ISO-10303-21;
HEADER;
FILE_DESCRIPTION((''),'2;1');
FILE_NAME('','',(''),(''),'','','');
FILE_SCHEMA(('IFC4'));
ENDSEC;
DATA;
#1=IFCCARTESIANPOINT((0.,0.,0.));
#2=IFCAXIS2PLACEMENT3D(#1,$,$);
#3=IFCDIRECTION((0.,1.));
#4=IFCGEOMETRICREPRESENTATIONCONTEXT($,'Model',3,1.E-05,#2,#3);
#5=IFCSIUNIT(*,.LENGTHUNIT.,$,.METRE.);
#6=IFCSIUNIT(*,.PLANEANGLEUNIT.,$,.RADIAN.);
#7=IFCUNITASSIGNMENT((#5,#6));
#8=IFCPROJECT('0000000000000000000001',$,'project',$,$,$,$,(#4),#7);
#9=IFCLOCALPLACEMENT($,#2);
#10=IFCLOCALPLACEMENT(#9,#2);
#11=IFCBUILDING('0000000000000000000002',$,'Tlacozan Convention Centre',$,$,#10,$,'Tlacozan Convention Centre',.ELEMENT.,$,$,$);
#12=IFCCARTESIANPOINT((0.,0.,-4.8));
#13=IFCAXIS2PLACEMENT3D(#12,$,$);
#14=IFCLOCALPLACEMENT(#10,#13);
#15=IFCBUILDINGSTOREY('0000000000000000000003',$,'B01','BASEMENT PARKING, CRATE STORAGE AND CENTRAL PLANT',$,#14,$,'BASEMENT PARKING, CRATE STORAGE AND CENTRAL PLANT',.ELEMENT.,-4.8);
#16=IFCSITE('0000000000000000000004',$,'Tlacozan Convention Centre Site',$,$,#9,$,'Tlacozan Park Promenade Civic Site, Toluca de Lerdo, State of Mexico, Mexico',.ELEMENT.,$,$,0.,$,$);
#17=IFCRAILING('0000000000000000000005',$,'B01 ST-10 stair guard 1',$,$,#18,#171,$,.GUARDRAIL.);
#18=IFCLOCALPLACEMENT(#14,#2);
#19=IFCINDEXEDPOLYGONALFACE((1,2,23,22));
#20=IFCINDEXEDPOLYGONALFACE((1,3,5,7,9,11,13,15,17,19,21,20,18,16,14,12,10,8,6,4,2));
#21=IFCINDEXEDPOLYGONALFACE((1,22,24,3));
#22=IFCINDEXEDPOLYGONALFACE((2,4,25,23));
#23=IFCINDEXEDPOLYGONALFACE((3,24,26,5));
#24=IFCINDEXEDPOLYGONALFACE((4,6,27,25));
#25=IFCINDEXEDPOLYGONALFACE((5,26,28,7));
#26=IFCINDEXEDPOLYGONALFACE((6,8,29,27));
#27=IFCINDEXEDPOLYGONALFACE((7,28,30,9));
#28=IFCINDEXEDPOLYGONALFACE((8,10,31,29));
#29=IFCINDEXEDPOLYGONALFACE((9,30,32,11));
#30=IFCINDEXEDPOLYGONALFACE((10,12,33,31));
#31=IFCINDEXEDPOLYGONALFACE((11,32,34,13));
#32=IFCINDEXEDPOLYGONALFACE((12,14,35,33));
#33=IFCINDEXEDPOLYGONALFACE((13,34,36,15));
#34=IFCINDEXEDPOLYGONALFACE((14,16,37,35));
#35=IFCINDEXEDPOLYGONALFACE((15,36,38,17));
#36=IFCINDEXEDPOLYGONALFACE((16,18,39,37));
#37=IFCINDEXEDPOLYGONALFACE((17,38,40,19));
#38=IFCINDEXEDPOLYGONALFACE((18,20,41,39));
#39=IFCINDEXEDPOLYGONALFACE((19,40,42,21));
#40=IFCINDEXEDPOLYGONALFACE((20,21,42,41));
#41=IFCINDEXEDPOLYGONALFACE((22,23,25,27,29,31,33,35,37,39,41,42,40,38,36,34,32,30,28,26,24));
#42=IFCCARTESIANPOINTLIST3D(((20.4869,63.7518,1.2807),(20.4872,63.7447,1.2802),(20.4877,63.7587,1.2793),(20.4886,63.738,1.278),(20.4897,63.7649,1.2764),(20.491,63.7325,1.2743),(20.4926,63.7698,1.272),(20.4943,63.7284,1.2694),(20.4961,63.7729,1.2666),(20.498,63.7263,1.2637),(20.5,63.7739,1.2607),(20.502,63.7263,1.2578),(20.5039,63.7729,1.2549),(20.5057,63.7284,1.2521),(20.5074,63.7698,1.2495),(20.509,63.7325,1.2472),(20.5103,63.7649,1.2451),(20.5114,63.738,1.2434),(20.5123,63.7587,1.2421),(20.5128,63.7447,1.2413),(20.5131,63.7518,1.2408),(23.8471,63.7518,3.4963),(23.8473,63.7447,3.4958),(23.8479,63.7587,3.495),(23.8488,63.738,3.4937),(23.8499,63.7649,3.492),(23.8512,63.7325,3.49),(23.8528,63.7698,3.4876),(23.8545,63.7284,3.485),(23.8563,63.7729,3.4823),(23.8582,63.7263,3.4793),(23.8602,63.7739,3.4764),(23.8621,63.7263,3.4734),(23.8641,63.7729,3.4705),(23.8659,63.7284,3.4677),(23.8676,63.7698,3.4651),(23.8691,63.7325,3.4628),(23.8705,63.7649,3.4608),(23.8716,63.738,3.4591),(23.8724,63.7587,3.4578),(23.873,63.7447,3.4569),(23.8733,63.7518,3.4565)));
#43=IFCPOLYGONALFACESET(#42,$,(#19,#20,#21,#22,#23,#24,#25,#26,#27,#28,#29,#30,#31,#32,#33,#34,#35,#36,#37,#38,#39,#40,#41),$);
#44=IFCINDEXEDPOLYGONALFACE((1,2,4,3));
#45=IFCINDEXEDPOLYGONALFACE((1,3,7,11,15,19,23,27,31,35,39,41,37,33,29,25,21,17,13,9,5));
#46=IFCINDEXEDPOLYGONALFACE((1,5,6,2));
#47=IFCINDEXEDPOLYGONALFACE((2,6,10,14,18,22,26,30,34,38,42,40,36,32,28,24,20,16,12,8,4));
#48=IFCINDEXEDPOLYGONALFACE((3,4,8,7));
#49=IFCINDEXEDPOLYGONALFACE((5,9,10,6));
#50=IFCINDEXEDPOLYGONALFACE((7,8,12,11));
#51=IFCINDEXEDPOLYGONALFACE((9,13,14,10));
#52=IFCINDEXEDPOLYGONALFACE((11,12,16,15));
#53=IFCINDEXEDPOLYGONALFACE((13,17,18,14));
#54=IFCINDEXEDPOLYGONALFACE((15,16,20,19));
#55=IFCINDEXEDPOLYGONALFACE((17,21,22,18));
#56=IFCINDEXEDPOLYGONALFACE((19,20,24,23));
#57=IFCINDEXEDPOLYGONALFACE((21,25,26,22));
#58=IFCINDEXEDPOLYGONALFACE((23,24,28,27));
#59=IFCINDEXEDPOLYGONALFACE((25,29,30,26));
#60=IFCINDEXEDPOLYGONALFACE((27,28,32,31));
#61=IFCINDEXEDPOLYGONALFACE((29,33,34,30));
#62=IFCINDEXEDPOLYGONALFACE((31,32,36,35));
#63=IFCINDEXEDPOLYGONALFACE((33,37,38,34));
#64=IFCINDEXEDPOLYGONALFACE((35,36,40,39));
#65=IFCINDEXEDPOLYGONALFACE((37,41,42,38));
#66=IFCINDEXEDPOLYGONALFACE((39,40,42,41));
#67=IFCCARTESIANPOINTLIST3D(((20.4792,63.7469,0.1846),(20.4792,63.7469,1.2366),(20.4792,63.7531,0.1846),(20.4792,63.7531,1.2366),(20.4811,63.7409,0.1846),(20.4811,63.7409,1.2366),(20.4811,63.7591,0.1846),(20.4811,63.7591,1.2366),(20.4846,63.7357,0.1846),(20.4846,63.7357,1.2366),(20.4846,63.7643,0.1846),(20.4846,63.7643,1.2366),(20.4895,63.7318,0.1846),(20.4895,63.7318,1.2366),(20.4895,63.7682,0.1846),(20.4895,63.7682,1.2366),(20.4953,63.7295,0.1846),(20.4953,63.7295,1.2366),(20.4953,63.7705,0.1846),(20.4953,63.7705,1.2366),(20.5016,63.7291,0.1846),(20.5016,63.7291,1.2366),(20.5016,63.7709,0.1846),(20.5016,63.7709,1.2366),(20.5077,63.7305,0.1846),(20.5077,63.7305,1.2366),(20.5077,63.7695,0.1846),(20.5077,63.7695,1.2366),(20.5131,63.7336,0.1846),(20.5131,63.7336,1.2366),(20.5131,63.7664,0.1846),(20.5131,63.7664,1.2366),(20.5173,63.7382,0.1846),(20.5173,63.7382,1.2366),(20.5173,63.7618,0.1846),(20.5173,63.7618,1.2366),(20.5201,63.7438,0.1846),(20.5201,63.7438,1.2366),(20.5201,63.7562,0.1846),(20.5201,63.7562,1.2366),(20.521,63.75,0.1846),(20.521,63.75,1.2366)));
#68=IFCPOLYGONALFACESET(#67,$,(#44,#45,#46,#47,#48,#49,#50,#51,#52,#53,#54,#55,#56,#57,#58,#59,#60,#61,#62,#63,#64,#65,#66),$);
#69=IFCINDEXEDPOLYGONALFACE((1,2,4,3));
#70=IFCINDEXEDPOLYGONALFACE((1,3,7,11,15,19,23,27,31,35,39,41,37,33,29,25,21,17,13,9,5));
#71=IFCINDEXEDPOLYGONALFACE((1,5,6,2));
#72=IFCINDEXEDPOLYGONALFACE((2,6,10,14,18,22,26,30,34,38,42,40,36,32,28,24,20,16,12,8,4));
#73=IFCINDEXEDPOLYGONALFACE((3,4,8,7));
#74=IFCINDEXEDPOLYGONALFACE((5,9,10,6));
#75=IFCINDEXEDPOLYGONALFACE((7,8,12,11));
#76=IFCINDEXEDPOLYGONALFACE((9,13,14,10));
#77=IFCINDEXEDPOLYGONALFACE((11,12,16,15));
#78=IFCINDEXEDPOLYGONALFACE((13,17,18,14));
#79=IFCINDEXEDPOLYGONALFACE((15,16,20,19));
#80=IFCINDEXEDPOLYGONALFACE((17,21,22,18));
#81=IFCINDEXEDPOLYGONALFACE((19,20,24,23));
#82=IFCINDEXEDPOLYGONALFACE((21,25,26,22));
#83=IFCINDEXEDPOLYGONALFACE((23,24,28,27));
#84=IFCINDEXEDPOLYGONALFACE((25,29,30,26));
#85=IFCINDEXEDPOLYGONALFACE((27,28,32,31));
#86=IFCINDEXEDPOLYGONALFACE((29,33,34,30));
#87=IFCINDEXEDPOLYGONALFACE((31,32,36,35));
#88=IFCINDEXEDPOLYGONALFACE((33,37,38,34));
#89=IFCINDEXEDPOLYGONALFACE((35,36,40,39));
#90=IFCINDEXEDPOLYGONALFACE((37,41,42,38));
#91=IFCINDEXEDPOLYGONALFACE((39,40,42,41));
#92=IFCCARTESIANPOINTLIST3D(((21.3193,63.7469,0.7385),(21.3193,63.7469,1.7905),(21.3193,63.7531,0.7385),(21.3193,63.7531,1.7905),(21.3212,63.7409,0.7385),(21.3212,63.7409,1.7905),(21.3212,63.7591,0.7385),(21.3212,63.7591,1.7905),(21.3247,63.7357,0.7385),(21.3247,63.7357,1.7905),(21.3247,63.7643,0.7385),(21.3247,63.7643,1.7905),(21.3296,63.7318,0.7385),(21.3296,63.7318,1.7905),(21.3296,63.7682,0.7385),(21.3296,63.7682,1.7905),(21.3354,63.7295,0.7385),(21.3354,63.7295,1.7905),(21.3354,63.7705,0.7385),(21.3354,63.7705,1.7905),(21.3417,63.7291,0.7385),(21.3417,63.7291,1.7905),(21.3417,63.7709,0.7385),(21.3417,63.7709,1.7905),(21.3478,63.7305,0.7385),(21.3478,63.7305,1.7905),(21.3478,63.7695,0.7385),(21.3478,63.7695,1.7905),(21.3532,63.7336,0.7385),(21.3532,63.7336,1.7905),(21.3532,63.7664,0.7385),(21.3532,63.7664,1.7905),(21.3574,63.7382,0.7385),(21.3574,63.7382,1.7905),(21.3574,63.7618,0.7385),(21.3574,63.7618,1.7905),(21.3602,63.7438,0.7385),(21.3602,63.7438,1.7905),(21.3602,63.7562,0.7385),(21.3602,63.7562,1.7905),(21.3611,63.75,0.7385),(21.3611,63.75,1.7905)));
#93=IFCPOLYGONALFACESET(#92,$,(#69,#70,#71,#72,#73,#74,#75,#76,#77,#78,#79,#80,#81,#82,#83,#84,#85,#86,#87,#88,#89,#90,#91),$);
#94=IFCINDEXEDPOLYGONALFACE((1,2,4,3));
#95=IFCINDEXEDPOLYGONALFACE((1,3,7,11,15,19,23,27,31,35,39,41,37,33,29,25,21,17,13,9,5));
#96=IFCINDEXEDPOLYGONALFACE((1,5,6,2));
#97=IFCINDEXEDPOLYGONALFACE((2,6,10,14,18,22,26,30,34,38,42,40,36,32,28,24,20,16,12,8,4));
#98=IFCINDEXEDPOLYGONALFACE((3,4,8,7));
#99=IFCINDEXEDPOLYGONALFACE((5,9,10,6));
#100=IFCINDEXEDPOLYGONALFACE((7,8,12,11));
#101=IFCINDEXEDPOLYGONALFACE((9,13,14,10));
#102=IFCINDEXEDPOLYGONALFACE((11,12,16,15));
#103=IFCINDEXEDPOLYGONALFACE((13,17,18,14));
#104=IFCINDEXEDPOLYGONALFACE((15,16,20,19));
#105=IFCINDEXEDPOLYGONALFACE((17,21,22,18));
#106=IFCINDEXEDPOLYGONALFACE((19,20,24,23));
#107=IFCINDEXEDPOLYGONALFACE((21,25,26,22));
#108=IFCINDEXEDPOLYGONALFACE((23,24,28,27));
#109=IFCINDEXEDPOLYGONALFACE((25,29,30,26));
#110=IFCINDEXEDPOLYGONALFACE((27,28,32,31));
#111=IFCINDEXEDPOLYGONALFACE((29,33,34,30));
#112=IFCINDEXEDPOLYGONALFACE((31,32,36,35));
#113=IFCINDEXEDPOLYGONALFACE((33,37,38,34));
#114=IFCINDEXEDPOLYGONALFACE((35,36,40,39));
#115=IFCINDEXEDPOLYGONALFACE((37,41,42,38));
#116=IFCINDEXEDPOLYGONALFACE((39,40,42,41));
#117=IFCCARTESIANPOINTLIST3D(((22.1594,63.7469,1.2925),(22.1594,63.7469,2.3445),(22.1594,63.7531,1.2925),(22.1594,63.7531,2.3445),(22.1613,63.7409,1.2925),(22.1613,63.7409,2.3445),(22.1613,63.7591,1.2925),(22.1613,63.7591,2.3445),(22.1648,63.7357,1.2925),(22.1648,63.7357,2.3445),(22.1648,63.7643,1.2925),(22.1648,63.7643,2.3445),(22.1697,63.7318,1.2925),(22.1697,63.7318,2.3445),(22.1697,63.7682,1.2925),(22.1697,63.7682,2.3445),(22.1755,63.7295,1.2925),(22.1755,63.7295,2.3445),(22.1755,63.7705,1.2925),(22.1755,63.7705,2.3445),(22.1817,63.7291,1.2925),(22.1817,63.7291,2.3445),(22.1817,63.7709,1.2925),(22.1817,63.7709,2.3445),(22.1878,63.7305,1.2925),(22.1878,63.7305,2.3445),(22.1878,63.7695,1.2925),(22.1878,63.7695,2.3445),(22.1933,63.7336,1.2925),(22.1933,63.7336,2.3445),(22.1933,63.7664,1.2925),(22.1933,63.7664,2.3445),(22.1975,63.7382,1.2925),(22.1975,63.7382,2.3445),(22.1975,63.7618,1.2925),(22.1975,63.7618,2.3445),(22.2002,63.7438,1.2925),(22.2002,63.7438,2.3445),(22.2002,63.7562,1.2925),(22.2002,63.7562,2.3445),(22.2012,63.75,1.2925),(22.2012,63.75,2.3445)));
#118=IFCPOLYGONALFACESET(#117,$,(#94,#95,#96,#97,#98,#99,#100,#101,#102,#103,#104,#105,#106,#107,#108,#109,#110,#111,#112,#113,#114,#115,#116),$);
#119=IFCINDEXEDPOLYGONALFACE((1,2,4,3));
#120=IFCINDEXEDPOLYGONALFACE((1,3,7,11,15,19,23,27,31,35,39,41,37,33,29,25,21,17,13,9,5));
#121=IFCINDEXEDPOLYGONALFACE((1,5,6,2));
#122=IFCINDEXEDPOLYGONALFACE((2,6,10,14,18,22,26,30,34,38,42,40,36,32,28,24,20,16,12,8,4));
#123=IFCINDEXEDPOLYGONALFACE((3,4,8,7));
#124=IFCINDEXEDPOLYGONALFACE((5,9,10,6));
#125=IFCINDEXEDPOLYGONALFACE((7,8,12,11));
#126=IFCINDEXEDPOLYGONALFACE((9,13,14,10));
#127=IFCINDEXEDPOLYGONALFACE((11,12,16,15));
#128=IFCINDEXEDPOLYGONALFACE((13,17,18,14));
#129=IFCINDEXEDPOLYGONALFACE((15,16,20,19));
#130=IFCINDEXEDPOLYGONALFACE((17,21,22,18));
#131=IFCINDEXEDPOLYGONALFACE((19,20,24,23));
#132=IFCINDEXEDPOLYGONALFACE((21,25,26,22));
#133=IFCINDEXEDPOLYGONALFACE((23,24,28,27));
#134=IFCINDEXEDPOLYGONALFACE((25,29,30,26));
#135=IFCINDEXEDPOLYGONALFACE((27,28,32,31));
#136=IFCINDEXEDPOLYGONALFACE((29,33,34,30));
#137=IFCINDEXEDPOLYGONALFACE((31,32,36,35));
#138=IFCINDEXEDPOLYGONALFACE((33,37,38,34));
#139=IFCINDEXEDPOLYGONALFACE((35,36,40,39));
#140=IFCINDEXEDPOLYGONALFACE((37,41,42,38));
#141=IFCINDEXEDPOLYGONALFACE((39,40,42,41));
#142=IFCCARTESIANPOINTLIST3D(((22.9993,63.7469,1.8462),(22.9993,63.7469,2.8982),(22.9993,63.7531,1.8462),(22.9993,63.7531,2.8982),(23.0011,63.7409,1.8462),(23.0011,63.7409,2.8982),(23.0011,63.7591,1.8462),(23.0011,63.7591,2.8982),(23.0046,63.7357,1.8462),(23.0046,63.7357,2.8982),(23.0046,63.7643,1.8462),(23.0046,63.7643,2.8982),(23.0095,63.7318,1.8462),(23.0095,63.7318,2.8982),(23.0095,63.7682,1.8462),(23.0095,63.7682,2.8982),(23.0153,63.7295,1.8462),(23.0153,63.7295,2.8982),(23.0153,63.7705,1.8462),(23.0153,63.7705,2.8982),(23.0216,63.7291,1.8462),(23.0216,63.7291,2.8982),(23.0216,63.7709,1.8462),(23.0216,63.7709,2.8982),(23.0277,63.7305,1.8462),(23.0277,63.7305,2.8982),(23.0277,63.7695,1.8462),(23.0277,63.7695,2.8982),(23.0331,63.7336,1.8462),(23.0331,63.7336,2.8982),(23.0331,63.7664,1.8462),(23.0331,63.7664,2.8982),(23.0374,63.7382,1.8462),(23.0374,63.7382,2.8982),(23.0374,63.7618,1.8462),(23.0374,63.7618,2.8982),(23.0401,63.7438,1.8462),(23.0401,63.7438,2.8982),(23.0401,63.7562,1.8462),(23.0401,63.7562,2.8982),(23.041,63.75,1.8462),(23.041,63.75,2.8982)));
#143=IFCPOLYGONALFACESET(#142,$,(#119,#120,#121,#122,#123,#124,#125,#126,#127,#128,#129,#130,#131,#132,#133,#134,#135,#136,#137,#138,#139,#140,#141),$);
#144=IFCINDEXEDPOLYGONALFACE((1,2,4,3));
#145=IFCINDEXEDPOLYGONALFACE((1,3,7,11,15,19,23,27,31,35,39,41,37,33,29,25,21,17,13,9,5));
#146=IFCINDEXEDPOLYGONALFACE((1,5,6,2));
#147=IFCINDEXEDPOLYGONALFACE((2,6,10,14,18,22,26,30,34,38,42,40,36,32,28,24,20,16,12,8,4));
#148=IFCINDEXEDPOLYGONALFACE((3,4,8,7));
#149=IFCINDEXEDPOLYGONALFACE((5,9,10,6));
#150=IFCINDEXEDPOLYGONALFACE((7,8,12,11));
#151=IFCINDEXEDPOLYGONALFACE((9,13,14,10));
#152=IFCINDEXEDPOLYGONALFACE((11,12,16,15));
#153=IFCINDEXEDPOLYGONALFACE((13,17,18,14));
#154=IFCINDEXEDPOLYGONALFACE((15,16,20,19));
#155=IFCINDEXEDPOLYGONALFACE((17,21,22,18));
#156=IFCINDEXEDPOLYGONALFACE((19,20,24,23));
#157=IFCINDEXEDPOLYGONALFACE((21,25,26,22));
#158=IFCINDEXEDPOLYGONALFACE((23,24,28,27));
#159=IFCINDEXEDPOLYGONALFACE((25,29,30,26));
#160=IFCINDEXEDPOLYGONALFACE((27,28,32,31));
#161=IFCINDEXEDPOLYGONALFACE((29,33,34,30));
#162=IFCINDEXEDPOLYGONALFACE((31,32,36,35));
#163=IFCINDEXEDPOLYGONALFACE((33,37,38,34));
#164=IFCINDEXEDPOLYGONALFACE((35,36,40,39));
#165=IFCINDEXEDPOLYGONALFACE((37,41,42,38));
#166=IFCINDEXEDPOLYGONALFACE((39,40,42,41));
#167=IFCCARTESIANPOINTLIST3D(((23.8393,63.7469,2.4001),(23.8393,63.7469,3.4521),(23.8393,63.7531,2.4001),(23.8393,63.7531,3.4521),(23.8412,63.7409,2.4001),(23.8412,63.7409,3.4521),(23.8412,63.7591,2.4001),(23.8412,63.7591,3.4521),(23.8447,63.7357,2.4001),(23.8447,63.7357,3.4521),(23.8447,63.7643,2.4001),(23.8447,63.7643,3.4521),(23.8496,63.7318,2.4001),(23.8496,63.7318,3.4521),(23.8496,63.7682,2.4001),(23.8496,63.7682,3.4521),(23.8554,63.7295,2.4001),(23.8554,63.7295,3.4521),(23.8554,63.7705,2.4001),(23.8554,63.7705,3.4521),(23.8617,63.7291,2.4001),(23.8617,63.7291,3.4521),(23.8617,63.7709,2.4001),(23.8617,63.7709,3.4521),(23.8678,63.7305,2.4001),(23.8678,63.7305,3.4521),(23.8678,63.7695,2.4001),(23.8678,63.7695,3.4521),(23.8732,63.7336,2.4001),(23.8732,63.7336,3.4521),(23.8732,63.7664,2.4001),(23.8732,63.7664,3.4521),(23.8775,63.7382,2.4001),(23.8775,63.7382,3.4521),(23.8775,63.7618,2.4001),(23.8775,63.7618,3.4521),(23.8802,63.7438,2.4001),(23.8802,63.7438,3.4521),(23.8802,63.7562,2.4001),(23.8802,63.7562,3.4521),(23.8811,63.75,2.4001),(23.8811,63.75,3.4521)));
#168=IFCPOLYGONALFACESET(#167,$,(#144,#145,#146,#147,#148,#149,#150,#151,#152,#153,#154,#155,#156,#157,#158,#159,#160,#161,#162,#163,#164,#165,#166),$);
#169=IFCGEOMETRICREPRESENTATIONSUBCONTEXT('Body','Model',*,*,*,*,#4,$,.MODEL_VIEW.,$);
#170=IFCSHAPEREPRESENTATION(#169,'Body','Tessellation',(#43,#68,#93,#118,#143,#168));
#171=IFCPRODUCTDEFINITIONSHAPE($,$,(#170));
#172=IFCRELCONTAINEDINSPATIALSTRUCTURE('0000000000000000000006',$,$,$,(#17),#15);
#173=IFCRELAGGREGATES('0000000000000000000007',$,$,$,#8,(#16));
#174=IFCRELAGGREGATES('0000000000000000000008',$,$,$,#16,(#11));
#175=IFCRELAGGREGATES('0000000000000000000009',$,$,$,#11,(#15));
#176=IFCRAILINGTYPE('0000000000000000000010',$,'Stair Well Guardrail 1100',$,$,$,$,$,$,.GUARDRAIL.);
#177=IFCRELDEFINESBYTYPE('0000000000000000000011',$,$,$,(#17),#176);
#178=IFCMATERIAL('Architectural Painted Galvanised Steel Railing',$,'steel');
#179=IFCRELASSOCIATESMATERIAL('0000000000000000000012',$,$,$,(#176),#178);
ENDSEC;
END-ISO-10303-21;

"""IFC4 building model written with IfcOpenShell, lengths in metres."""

from ifc_helpers import new_model, si_unit, direction, frame, origin, origin_2d, place, context, subcontext, project, spatial, circle, extrude, material, type_object, element, save


model = new_model("IFC4")

# Units and contexts
model_context = context("Model", 3, precision=1e-05, world=origin(), true_north=direction((0.0, 1.0)))
body_context = subcontext(model_context, "Body", "Model", "MODEL_VIEW")
ifc_project = project(units=[si_unit("LENGTHUNIT", "METRE"), si_unit("PLANEANGLEUNIT", "RADIAN")], contexts=[model_context])

# Site, building, storey
site_placement = place(None, origin())
site = spatial("IfcSite", under=ifc_project, at=site_placement, Name="Tlacozan Convention Centre Site", LongName="Tlacozan Park Promenade Civic Site, Toluca de Lerdo, State of Mexico, Mexico", CompositionType="ELEMENT", RefElevation=0.0)
building_placement = place(site_placement, origin())
building = spatial("IfcBuilding", under=site, at=building_placement, Name="Tlacozan Convention Centre", LongName="Tlacozan Convention Centre", CompositionType="ELEMENT")
storey_placement = place(building_placement, frame((0.0, 0.0, -4.8)))
storey = spatial("IfcBuildingStorey", under=building, at=storey_placement, Name="B01", Description="BASEMENT PARKING, CRATE STORAGE AND CENTRAL PLANT", LongName="BASEMENT PARKING, CRATE STORAGE AND CENTRAL PLANT", CompositionType="ELEMENT", Elevation=-4.8)

# Railing
ifc_material_1 = material(Name="Architectural Painted Galvanised Steel Railing", Category="steel")
railing_type_1 = type_object("IfcRailingType", Name="Stair Well Guardrail 1100", PredefinedType="GUARDRAIL", material=ifc_material_1)
railing_1_placement = place(storey_placement, frame((20.5, 63.75, 0.1846)))
element("IfcRailing", 1, at=railing_1_placement, inside=storey, type_object=railing_type_1, Name="B01 ST-10 stair guard 1", PredefinedType="GUARDRAIL", context=body_context, shape_type="SweptSolid", body=[
    extrude(circle(Radius=0.0239, at=origin_2d()), frame((0.0, 0.0, 1.0762), z_axis=(0.834849, 0.0, 0.55048), x_axis=(0.0, 1.0, 0.0)), (0.0, 0.0, 1.0), 4.0249),
    extrude(circle(Radius=0.021, at=origin_2d()), origin(), (0.0, 0.0, 1.0), 1.052),
    extrude(circle(Radius=0.021, at=origin_2d()), frame((0.8401, 0.0, 0.554)), (0.0, 0.0, 1.0), 1.052),
    extrude(circle(Radius=0.021, at=origin_2d()), frame((1.6802, 0.0, 1.1079)), (0.0, 0.0, 1.0), 1.052),
    extrude(circle(Radius=0.021, at=origin_2d()), frame((2.52, 0.0, 1.6616)), (0.0, 0.0, 1.0), 1.052),
    extrude(circle(Radius=0.021, at=origin_2d()), frame((3.3601, 0.0, 2.2156)), (0.0, 0.0, 1.0), 1.052),
])

save(model, "model.ifc")
